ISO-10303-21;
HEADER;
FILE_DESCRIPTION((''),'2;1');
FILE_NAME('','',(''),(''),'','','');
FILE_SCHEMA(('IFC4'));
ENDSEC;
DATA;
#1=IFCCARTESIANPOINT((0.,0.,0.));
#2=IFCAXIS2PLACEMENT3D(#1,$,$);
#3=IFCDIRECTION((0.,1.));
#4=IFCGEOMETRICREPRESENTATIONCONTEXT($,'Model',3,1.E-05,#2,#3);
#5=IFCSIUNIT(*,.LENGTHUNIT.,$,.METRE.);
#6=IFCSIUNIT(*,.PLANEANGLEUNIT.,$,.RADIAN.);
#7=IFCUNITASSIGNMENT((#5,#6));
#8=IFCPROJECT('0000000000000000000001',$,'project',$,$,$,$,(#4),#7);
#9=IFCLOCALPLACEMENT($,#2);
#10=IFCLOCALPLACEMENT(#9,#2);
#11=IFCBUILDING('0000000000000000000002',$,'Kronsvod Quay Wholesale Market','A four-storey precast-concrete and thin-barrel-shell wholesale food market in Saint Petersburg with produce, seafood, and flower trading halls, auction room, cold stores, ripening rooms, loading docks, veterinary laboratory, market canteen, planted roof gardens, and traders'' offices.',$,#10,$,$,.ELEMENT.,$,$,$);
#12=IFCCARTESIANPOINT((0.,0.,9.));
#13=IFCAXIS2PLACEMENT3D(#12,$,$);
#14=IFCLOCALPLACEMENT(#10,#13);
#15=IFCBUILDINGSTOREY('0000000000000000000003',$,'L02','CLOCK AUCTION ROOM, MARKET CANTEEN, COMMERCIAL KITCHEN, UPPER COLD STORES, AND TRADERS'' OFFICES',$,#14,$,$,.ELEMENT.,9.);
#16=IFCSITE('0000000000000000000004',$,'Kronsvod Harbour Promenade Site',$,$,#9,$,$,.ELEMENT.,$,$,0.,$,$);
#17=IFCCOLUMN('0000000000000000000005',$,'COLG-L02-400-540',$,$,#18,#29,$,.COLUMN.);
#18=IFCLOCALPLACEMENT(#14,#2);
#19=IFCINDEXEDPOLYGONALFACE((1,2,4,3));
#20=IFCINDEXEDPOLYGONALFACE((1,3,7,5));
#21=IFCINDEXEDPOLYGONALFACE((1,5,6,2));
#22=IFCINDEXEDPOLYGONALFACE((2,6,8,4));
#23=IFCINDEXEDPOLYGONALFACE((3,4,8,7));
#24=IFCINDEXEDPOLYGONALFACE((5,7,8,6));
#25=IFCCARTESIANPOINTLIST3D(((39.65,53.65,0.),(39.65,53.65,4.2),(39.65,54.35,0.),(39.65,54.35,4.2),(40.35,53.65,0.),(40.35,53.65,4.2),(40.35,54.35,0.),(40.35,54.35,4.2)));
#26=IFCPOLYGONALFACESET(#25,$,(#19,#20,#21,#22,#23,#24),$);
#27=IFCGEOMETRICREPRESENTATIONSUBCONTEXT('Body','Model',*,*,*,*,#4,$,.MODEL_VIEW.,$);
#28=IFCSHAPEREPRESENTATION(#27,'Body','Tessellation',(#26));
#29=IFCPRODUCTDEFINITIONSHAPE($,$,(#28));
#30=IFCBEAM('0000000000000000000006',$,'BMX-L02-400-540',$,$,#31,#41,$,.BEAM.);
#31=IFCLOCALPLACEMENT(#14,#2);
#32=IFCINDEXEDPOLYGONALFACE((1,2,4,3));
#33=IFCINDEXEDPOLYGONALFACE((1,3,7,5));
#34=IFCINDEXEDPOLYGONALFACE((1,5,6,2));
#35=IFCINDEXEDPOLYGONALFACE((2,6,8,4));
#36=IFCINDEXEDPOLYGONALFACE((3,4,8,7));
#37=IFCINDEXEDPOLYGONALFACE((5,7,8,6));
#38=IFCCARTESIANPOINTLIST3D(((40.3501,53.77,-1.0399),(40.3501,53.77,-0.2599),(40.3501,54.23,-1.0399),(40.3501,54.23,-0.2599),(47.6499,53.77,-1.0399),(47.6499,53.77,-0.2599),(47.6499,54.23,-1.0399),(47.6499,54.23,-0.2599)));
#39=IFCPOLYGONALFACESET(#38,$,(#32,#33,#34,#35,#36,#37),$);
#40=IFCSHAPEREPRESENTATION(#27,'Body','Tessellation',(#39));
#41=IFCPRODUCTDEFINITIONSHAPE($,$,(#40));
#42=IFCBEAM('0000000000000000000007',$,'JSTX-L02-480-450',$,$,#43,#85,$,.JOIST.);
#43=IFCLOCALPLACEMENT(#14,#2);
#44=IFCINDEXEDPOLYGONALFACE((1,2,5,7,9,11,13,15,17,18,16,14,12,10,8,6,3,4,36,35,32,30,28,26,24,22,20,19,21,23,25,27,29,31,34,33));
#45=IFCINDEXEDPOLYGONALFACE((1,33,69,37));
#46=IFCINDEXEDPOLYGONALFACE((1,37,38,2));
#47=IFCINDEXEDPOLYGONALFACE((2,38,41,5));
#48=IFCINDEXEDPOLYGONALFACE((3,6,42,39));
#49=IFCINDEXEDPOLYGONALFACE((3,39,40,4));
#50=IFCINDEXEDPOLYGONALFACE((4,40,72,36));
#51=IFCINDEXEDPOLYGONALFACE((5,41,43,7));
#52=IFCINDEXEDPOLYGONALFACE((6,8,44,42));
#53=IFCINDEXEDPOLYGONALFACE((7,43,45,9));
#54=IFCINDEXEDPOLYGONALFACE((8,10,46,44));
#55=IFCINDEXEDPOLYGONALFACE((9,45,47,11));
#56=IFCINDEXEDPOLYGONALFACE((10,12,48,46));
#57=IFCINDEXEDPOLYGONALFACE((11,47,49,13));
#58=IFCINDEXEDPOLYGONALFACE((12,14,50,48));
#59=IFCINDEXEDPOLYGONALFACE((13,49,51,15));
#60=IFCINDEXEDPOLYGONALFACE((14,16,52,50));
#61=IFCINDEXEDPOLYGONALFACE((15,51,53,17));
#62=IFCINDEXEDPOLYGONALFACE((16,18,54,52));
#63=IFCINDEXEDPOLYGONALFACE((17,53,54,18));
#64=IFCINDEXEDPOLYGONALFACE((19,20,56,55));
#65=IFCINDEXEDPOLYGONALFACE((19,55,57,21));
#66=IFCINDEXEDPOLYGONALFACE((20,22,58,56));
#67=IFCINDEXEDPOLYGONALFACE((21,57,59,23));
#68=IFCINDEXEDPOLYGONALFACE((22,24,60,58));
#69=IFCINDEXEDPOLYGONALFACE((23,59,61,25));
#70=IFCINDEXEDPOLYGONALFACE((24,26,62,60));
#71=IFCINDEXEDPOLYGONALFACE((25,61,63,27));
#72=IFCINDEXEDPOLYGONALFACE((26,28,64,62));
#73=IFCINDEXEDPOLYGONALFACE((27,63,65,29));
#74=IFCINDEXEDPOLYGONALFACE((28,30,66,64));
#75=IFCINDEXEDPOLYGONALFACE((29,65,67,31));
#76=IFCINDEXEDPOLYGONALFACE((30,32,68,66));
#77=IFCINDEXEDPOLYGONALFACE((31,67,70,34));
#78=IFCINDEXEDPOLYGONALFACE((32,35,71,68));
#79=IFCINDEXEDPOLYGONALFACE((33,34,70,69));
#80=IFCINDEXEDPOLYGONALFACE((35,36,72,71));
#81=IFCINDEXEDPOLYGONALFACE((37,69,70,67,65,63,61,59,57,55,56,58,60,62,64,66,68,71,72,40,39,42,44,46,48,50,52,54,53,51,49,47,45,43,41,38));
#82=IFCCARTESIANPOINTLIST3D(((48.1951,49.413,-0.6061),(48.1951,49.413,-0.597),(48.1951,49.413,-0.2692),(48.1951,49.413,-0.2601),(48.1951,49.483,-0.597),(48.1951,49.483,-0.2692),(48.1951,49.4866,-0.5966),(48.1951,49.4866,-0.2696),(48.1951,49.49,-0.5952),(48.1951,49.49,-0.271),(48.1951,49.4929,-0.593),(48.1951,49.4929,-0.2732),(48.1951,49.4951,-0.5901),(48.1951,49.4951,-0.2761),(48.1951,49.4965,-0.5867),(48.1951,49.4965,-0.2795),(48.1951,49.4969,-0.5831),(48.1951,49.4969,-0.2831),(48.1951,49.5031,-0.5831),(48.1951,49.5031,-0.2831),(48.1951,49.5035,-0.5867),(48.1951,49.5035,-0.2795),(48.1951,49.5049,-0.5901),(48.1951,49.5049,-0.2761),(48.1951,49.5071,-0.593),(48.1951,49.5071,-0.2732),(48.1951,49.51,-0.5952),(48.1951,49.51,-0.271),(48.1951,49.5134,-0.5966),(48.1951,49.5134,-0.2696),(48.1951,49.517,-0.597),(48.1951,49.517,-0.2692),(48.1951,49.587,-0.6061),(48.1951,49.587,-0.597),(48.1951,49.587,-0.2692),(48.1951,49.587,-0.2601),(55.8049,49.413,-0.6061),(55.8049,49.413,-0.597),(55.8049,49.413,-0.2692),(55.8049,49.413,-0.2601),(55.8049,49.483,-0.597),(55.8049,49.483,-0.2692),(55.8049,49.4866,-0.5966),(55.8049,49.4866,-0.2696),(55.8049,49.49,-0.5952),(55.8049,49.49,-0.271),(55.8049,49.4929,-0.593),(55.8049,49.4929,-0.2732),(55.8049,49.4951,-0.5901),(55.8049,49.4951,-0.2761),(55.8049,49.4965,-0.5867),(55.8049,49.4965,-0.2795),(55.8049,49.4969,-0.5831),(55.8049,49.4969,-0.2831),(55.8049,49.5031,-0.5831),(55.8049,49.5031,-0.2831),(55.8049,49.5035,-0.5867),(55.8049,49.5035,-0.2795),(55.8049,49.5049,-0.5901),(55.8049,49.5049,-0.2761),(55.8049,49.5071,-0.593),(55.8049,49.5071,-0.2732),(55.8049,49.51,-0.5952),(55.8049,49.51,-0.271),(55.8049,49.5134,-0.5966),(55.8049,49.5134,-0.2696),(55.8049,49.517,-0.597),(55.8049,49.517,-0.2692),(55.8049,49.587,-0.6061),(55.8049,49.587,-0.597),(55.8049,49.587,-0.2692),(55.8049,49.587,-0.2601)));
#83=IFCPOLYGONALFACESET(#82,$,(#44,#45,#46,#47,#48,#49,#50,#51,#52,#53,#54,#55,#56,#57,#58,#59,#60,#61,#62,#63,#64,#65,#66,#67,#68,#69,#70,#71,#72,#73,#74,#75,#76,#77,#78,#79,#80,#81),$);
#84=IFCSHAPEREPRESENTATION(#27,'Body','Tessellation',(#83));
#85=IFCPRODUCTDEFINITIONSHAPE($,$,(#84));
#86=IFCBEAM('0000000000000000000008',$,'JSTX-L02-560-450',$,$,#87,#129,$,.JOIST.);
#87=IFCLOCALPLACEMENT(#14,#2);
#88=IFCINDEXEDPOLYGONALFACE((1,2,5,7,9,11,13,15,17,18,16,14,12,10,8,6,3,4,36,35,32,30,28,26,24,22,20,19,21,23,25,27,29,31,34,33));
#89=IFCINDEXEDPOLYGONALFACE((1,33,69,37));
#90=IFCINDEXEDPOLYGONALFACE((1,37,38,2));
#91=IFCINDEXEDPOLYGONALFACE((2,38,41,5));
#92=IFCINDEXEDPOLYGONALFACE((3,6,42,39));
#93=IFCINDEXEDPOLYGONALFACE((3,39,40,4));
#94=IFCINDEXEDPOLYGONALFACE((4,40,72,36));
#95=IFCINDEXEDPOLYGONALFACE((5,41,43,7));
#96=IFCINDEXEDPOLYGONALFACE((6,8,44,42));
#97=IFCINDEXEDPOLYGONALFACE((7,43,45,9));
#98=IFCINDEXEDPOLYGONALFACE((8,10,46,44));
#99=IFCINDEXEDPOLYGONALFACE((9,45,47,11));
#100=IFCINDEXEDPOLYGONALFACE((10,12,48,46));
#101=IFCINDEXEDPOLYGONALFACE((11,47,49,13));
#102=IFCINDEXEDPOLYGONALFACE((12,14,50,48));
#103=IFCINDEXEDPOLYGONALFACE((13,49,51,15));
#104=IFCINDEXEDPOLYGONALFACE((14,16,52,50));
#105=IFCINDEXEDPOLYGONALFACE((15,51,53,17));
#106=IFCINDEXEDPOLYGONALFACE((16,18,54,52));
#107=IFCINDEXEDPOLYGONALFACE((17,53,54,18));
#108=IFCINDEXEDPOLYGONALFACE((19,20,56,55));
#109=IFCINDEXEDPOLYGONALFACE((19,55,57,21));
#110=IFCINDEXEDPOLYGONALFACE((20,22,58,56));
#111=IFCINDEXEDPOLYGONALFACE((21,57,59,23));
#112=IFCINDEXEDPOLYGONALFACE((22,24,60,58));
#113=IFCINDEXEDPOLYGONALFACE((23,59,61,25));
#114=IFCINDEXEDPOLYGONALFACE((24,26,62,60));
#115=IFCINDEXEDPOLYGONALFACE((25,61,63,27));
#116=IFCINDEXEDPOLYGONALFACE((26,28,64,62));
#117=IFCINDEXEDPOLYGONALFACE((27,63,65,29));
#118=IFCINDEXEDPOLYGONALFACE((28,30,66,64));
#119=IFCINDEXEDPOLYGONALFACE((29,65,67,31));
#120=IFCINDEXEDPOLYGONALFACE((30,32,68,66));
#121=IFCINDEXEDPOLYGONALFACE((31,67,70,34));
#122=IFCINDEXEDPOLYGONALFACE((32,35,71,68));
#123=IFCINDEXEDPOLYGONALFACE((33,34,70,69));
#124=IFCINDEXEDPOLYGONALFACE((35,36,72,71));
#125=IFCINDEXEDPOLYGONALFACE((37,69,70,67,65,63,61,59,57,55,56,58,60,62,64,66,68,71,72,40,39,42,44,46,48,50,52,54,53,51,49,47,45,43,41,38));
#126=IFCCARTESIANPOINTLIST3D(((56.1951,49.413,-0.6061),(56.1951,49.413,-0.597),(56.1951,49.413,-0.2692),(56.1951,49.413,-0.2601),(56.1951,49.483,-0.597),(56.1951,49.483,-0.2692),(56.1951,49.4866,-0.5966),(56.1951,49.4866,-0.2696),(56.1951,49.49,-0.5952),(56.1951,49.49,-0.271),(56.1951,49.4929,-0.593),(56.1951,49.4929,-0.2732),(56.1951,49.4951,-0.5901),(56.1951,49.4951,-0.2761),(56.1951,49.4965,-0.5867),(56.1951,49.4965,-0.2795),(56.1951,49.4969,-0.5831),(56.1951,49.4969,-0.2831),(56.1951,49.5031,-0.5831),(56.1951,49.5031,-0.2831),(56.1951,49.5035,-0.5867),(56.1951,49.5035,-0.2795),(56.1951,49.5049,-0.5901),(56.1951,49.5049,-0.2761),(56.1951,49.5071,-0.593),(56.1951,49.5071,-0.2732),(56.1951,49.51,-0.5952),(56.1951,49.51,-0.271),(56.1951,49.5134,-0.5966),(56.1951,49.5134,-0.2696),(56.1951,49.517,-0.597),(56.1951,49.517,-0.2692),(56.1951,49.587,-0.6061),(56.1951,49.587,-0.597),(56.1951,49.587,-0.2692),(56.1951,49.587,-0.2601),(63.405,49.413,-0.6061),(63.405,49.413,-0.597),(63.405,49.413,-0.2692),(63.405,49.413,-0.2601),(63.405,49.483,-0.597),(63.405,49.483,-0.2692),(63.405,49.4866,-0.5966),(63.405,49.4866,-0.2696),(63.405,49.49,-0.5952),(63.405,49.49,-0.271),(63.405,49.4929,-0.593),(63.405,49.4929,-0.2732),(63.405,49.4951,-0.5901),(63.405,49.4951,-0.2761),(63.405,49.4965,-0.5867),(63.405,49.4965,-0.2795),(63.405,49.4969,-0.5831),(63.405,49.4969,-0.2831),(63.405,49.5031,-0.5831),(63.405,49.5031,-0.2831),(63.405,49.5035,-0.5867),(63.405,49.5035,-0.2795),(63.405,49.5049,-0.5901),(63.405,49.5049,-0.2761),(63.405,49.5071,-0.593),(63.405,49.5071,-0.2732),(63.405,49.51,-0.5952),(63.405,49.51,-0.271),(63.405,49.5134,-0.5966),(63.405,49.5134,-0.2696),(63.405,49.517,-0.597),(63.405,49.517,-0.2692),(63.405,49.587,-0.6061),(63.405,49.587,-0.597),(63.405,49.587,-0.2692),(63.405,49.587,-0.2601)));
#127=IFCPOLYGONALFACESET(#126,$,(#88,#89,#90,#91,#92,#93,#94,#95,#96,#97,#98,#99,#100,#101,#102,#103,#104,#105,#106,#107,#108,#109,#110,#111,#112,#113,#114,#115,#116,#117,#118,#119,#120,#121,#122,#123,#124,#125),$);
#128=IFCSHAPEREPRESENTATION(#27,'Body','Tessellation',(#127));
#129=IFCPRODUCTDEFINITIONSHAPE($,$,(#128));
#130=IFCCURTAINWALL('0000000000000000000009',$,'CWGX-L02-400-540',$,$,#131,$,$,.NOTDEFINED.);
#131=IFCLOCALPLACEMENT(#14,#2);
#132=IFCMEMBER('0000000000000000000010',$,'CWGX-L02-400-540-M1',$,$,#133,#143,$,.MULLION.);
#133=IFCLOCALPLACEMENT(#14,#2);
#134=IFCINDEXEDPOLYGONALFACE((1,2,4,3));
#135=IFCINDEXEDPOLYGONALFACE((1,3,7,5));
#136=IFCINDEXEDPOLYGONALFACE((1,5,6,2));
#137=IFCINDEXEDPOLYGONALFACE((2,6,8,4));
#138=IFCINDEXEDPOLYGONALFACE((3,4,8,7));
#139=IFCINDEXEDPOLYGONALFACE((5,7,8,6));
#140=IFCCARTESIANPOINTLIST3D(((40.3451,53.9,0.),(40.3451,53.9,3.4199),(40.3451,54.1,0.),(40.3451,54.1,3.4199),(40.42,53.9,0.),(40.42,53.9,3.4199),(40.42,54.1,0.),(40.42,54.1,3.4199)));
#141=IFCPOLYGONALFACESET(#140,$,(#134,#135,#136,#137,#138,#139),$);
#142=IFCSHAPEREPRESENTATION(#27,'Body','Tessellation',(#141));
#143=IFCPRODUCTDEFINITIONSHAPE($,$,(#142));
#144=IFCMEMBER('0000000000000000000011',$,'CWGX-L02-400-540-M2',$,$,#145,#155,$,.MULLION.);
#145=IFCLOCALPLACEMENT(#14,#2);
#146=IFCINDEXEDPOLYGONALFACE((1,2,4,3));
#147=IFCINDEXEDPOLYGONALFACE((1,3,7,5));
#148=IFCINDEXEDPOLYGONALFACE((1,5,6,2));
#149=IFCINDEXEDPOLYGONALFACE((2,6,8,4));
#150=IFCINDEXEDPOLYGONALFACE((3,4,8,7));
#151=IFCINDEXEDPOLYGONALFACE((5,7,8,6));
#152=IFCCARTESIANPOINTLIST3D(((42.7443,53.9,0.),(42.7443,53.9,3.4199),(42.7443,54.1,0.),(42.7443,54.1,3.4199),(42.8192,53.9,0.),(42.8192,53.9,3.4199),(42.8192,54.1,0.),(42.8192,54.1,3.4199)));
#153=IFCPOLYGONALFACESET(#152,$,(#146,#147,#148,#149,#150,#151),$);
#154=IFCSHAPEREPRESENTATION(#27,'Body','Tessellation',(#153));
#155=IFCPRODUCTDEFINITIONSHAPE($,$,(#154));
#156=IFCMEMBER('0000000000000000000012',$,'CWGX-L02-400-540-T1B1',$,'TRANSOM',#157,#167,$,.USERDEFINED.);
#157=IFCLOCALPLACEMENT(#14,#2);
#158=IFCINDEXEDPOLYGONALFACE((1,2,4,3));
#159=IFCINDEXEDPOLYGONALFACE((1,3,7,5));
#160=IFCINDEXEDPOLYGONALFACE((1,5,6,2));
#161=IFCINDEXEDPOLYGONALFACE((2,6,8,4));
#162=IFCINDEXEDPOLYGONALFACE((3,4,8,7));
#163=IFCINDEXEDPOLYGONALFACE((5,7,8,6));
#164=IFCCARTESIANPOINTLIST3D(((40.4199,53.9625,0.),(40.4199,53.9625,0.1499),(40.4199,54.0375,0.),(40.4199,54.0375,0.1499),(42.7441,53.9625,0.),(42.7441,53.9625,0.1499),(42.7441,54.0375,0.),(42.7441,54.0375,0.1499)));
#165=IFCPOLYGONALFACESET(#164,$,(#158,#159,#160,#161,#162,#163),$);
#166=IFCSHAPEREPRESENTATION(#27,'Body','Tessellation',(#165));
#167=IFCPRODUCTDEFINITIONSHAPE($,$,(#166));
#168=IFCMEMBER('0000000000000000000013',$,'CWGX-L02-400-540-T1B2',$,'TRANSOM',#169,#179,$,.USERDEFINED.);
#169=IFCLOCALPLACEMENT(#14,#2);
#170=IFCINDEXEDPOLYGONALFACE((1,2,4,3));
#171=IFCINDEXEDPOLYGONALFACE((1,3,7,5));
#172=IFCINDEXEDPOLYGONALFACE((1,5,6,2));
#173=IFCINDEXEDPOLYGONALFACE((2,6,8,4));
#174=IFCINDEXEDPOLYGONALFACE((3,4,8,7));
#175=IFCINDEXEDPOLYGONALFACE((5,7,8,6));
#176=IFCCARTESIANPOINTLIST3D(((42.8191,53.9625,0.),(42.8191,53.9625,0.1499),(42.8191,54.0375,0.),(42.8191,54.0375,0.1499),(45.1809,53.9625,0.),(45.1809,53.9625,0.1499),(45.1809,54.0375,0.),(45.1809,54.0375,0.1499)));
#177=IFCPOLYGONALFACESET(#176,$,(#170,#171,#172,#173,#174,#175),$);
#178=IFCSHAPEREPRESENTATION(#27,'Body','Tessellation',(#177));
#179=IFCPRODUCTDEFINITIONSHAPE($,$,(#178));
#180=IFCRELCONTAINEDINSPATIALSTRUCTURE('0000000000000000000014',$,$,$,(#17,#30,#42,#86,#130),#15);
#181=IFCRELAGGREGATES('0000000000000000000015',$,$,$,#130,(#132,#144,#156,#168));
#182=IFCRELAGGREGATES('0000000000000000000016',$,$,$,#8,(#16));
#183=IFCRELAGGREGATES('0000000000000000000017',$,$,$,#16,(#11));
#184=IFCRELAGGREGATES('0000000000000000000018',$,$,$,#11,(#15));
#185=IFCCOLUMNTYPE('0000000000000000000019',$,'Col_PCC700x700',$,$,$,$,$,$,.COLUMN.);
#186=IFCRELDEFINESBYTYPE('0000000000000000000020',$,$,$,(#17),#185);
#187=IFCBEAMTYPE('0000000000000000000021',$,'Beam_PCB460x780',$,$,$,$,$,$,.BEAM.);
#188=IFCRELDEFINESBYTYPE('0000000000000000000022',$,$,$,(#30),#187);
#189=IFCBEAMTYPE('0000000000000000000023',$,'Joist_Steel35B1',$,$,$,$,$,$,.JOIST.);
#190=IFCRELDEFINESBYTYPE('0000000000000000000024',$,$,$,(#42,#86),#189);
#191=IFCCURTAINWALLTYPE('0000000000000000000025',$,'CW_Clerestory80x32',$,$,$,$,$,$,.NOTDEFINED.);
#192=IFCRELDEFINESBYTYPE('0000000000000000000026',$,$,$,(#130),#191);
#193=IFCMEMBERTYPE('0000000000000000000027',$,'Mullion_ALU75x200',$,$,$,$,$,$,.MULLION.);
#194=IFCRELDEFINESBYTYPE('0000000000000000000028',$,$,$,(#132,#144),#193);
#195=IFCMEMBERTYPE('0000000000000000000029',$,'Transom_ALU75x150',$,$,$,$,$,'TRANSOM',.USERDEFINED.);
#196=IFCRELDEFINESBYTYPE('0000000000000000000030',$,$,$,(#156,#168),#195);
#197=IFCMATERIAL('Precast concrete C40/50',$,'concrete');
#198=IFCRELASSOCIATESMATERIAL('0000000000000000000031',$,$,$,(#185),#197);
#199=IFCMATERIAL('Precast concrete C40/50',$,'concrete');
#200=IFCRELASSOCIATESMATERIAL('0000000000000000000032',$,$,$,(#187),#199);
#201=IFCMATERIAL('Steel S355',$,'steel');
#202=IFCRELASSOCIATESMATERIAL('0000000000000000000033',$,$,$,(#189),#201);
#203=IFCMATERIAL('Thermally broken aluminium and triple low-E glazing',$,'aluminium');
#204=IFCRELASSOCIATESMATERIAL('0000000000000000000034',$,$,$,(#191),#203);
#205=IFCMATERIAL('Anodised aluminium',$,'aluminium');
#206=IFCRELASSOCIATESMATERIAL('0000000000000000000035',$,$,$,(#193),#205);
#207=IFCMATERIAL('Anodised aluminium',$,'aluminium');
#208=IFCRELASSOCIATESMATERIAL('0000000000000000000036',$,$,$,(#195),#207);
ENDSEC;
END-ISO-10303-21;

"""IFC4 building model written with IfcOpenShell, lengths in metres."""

from ifc_helpers import new_model, si_unit, direction, frame, origin, origin_2d, place, context, subcontext, project, spatial, rectangle, i_section, extrude, material, material_profile, profile_set, type_object, element, aggregate, save


model = new_model("IFC4")

# Units and contexts
model_context = context("Model", 3, precision=1e-05, world=origin(), true_north=direction((0.0, 1.0)))
body_context = subcontext(model_context, "Body", "Model", "MODEL_VIEW")
ifc_project = project(units=[si_unit("LENGTHUNIT", "METRE"), si_unit("PLANEANGLEUNIT", "RADIAN")], contexts=[model_context])

# Site, building, storey
site_placement = place(None, origin())
site = spatial("IfcSite", under=ifc_project, at=site_placement, Name="Kronsvod Harbour Promenade Site", CompositionType="ELEMENT", RefElevation=0.0)
building_placement = place(site_placement, origin())
building = spatial("IfcBuilding", under=site, at=building_placement, Name="Kronsvod Quay Wholesale Market", Description="A four-storey precast-concrete and thin-barrel-shell wholesale food market in Saint Petersburg with produce, seafood, and flower trading halls, auction room, cold stores, ripening rooms, loading docks, veterinary laboratory, market canteen, planted roof gardens, and traders' offices.", CompositionType="ELEMENT")
storey_placement = place(building_placement, frame((0.0, 0.0, 9.0)))
storey = spatial("IfcBuildingStorey", under=building, at=storey_placement, Name="L02", Description="CLOCK AUCTION ROOM, MARKET CANTEEN, COMMERCIAL KITCHEN, UPPER COLD STORES, AND TRADERS' OFFICES", CompositionType="ELEMENT", Elevation=9.0)

# Column
ifc_material_1 = material(Name="Precast concrete C40/50", Category="concrete")
ifc_material_profile_1 = material_profile(ifc_material_1, rectangle(XDim=0.7, YDim=0.7, at=origin_2d()), Name="PCC700x700")
ifc_profile_set_1 = profile_set([ifc_material_profile_1], Name="Precast concrete C40/50")
column_type = type_object("IfcColumnType", Name="Col_PCC700x700", PredefinedType="COLUMN", material=ifc_profile_set_1)
column_placement = place(storey_placement, frame((40.0, 54.0, 0.0), z_axis=(0.0, 0.0, 1.0), x_axis=(1.0, 0.0, 0.0)))
element("IfcColumn", 1, at=column_placement, inside=storey, type_object=column_type, Name="COLG-L02-400-540", PredefinedType="COLUMN", context=body_context, shape_type="SweptSolid", body=[
    extrude(rectangle(XDim=0.7, YDim=0.7, at=origin_2d()), origin(), (0.0, 0.0, 1.0), 4.2),
])

# Beams
ifc_material_2 = material(Name="Precast concrete C40/50", Category="concrete")
ifc_material_profile_2 = material_profile(ifc_material_2, rectangle(XDim=0.46, YDim=0.78, at=origin_2d()), Name="PB-03")
ifc_profile_set_2 = profile_set([ifc_material_profile_2], Name="Precast concrete C40/50")
beam_type_1 = type_object("IfcBeamType", Name="Beam_PCB460x780", PredefinedType="BEAM", material=ifc_profile_set_2)
beam_1_placement = place(storey_placement, frame((40.3501, 54.0, -0.6499), z_axis=(1.0, 0.0, 0.0), x_axis=(0.0, 1.0, 0.0)))
element("IfcBeam", 2, at=beam_1_placement, inside=storey, type_object=beam_type_1, Name="BMX-L02-400-540", PredefinedType="BEAM", context=body_context, shape_type="SweptSolid", body=[
    extrude(rectangle(XDim=0.46, YDim=0.78, at=origin_2d()), origin(), (0.0, 0.0, 1.0), 7.2998),
])
ifc_material_3 = material(Name="Steel S355", Category="steel")
ifc_material_profile_3 = material_profile(ifc_material_3, i_section(OverallWidth=0.1741, OverallDepth=0.3459, WebThickness=0.0061, FlangeThickness=0.009, FilletRadius=0.0139, at=origin_2d()), Name="35B1")
ifc_profile_set_3 = profile_set([ifc_material_profile_3], Name="Steel S355")
beam_type_2 = type_object("IfcBeamType", Name="Joist_Steel35B1", PredefinedType="JOIST", material=ifc_profile_set_3)
beam_2_placement = place(storey_placement, frame((48.1951, 49.5, -0.4331), z_axis=(1.0, 0.0, 0.0), x_axis=(0.0, 1.0, 0.0)))
element("IfcBeam", 3, at=beam_2_placement, inside=storey, type_object=beam_type_2, Name="JSTX-L02-480-450", PredefinedType="JOIST", context=body_context, shape_type="SweptSolid", body=[
    extrude(i_section(OverallWidth=0.1741, OverallDepth=0.3459, WebThickness=0.0061, FlangeThickness=0.009, FilletRadius=0.0139, at=origin_2d()), origin(), (0.0, 0.0, 1.0), 7.6099),
])
beam_3_placement = place(storey_placement, frame((56.1951, 49.5, -0.4331), z_axis=(1.0, 0.0, 0.0), x_axis=(0.0, 1.0, 0.0)))
element("IfcBeam", 4, at=beam_3_placement, inside=storey, type_object=beam_type_2, Name="JSTX-L02-560-450", PredefinedType="JOIST", context=body_context, shape_type="SweptSolid", body=[
    extrude(i_section(OverallWidth=0.1741, OverallDepth=0.3459, WebThickness=0.0061, FlangeThickness=0.009, FilletRadius=0.0139, at=origin_2d()), origin(), (0.0, 0.0, 1.0), 7.21),
])

# Curtain wall, members
ifc_material_4 = material(Name="Thermally broken aluminium and triple low-E glazing", Category="aluminium")
curtain_wall_type = type_object("IfcCurtainWallType", Name="CW_Clerestory80x32", PredefinedType="NOTDEFINED", material=ifc_material_4)
curtain_wall_placement = place(storey_placement, origin())
curtain_wall = element("IfcCurtainWall", 5, at=curtain_wall_placement, inside=storey, type_object=curtain_wall_type, Name="CWGX-L02-400-540", PredefinedType="NOTDEFINED")
ifc_material_5 = material(Name="Anodised aluminium", Category="aluminium")
ifc_material_profile_4 = material_profile(ifc_material_5, rectangle(XDim=0.075, YDim=0.2, at=origin_2d()), Name="ALUM75x200")
ifc_profile_set_4 = profile_set([ifc_material_profile_4], Name="Anodised aluminium")
member_type_1 = type_object("IfcMemberType", Name="Mullion_ALU75x200", PredefinedType="MULLION", material=ifc_profile_set_4)
member_1_placement = place(storey_placement, frame((40.3826, 54.0, 0.0), z_axis=(0.0, 0.0, 1.0), x_axis=(1.0, 0.0, 0.0)))
member_1 = element("IfcMember", 6, at=member_1_placement, type_object=member_type_1, Name="CWGX-L02-400-540-M1", PredefinedType="MULLION", context=body_context, shape_type="SweptSolid", body=[
    extrude(rectangle(XDim=0.075, YDim=0.2, at=origin_2d()), origin(), (0.0, 0.0, 1.0), 3.4199),
])
member_2_placement = place(storey_placement, frame((42.7817, 54.0, 0.0), z_axis=(0.0, 0.0, 1.0), x_axis=(1.0, 0.0, 0.0)))
member_2 = element("IfcMember", 7, at=member_2_placement, type_object=member_type_1, Name="CWGX-L02-400-540-M2", PredefinedType="MULLION", context=body_context, shape_type="SweptSolid", body=[
    extrude(rectangle(XDim=0.075, YDim=0.2, at=origin_2d()), origin(), (0.0, 0.0, 1.0), 3.4199),
])
ifc_material_6 = material(Name="Anodised aluminium", Category="aluminium")
ifc_material_profile_5 = material_profile(ifc_material_6, rectangle(XDim=0.075, YDim=0.1499, at=origin_2d()), Name="ALUT75x150")
ifc_profile_set_5 = profile_set([ifc_material_profile_5], Name="Anodised aluminium")
member_type_2 = type_object("IfcMemberType", Name="Transom_ALU75x150", ElementType="TRANSOM", PredefinedType="USERDEFINED", material=ifc_profile_set_5)
member_3_placement = place(storey_placement, frame((40.4199, 54.0, 0.075), z_axis=(1.0, 0.0, 0.0), x_axis=(0.0, 1.0, 0.0)))
member_3 = element("IfcMember", 8, at=member_3_placement, type_object=member_type_2, Name="CWGX-L02-400-540-T1B1", ObjectType="TRANSOM", PredefinedType="USERDEFINED", context=body_context, shape_type="SweptSolid", body=[
    extrude(rectangle(XDim=0.075, YDim=0.1499, at=origin_2d()), origin(), (0.0, 0.0, 1.0), 2.3242),
])
member_4_placement = place(storey_placement, frame((42.8191, 54.0, 0.075), z_axis=(1.0, 0.0, 0.0), x_axis=(0.0, 1.0, 0.0)))
member_4 = element("IfcMember", 9, at=member_4_placement, type_object=member_type_2, Name="CWGX-L02-400-540-T1B2", ObjectType="TRANSOM", PredefinedType="USERDEFINED", context=body_context, shape_type="SweptSolid", body=[
    extrude(rectangle(XDim=0.075, YDim=0.1499, at=origin_2d()), origin(), (0.0, 0.0, 1.0), 2.3618),
])
aggregate(curtain_wall, [member_1, member_2, member_3, member_4])

save(model, "model.ifc")
